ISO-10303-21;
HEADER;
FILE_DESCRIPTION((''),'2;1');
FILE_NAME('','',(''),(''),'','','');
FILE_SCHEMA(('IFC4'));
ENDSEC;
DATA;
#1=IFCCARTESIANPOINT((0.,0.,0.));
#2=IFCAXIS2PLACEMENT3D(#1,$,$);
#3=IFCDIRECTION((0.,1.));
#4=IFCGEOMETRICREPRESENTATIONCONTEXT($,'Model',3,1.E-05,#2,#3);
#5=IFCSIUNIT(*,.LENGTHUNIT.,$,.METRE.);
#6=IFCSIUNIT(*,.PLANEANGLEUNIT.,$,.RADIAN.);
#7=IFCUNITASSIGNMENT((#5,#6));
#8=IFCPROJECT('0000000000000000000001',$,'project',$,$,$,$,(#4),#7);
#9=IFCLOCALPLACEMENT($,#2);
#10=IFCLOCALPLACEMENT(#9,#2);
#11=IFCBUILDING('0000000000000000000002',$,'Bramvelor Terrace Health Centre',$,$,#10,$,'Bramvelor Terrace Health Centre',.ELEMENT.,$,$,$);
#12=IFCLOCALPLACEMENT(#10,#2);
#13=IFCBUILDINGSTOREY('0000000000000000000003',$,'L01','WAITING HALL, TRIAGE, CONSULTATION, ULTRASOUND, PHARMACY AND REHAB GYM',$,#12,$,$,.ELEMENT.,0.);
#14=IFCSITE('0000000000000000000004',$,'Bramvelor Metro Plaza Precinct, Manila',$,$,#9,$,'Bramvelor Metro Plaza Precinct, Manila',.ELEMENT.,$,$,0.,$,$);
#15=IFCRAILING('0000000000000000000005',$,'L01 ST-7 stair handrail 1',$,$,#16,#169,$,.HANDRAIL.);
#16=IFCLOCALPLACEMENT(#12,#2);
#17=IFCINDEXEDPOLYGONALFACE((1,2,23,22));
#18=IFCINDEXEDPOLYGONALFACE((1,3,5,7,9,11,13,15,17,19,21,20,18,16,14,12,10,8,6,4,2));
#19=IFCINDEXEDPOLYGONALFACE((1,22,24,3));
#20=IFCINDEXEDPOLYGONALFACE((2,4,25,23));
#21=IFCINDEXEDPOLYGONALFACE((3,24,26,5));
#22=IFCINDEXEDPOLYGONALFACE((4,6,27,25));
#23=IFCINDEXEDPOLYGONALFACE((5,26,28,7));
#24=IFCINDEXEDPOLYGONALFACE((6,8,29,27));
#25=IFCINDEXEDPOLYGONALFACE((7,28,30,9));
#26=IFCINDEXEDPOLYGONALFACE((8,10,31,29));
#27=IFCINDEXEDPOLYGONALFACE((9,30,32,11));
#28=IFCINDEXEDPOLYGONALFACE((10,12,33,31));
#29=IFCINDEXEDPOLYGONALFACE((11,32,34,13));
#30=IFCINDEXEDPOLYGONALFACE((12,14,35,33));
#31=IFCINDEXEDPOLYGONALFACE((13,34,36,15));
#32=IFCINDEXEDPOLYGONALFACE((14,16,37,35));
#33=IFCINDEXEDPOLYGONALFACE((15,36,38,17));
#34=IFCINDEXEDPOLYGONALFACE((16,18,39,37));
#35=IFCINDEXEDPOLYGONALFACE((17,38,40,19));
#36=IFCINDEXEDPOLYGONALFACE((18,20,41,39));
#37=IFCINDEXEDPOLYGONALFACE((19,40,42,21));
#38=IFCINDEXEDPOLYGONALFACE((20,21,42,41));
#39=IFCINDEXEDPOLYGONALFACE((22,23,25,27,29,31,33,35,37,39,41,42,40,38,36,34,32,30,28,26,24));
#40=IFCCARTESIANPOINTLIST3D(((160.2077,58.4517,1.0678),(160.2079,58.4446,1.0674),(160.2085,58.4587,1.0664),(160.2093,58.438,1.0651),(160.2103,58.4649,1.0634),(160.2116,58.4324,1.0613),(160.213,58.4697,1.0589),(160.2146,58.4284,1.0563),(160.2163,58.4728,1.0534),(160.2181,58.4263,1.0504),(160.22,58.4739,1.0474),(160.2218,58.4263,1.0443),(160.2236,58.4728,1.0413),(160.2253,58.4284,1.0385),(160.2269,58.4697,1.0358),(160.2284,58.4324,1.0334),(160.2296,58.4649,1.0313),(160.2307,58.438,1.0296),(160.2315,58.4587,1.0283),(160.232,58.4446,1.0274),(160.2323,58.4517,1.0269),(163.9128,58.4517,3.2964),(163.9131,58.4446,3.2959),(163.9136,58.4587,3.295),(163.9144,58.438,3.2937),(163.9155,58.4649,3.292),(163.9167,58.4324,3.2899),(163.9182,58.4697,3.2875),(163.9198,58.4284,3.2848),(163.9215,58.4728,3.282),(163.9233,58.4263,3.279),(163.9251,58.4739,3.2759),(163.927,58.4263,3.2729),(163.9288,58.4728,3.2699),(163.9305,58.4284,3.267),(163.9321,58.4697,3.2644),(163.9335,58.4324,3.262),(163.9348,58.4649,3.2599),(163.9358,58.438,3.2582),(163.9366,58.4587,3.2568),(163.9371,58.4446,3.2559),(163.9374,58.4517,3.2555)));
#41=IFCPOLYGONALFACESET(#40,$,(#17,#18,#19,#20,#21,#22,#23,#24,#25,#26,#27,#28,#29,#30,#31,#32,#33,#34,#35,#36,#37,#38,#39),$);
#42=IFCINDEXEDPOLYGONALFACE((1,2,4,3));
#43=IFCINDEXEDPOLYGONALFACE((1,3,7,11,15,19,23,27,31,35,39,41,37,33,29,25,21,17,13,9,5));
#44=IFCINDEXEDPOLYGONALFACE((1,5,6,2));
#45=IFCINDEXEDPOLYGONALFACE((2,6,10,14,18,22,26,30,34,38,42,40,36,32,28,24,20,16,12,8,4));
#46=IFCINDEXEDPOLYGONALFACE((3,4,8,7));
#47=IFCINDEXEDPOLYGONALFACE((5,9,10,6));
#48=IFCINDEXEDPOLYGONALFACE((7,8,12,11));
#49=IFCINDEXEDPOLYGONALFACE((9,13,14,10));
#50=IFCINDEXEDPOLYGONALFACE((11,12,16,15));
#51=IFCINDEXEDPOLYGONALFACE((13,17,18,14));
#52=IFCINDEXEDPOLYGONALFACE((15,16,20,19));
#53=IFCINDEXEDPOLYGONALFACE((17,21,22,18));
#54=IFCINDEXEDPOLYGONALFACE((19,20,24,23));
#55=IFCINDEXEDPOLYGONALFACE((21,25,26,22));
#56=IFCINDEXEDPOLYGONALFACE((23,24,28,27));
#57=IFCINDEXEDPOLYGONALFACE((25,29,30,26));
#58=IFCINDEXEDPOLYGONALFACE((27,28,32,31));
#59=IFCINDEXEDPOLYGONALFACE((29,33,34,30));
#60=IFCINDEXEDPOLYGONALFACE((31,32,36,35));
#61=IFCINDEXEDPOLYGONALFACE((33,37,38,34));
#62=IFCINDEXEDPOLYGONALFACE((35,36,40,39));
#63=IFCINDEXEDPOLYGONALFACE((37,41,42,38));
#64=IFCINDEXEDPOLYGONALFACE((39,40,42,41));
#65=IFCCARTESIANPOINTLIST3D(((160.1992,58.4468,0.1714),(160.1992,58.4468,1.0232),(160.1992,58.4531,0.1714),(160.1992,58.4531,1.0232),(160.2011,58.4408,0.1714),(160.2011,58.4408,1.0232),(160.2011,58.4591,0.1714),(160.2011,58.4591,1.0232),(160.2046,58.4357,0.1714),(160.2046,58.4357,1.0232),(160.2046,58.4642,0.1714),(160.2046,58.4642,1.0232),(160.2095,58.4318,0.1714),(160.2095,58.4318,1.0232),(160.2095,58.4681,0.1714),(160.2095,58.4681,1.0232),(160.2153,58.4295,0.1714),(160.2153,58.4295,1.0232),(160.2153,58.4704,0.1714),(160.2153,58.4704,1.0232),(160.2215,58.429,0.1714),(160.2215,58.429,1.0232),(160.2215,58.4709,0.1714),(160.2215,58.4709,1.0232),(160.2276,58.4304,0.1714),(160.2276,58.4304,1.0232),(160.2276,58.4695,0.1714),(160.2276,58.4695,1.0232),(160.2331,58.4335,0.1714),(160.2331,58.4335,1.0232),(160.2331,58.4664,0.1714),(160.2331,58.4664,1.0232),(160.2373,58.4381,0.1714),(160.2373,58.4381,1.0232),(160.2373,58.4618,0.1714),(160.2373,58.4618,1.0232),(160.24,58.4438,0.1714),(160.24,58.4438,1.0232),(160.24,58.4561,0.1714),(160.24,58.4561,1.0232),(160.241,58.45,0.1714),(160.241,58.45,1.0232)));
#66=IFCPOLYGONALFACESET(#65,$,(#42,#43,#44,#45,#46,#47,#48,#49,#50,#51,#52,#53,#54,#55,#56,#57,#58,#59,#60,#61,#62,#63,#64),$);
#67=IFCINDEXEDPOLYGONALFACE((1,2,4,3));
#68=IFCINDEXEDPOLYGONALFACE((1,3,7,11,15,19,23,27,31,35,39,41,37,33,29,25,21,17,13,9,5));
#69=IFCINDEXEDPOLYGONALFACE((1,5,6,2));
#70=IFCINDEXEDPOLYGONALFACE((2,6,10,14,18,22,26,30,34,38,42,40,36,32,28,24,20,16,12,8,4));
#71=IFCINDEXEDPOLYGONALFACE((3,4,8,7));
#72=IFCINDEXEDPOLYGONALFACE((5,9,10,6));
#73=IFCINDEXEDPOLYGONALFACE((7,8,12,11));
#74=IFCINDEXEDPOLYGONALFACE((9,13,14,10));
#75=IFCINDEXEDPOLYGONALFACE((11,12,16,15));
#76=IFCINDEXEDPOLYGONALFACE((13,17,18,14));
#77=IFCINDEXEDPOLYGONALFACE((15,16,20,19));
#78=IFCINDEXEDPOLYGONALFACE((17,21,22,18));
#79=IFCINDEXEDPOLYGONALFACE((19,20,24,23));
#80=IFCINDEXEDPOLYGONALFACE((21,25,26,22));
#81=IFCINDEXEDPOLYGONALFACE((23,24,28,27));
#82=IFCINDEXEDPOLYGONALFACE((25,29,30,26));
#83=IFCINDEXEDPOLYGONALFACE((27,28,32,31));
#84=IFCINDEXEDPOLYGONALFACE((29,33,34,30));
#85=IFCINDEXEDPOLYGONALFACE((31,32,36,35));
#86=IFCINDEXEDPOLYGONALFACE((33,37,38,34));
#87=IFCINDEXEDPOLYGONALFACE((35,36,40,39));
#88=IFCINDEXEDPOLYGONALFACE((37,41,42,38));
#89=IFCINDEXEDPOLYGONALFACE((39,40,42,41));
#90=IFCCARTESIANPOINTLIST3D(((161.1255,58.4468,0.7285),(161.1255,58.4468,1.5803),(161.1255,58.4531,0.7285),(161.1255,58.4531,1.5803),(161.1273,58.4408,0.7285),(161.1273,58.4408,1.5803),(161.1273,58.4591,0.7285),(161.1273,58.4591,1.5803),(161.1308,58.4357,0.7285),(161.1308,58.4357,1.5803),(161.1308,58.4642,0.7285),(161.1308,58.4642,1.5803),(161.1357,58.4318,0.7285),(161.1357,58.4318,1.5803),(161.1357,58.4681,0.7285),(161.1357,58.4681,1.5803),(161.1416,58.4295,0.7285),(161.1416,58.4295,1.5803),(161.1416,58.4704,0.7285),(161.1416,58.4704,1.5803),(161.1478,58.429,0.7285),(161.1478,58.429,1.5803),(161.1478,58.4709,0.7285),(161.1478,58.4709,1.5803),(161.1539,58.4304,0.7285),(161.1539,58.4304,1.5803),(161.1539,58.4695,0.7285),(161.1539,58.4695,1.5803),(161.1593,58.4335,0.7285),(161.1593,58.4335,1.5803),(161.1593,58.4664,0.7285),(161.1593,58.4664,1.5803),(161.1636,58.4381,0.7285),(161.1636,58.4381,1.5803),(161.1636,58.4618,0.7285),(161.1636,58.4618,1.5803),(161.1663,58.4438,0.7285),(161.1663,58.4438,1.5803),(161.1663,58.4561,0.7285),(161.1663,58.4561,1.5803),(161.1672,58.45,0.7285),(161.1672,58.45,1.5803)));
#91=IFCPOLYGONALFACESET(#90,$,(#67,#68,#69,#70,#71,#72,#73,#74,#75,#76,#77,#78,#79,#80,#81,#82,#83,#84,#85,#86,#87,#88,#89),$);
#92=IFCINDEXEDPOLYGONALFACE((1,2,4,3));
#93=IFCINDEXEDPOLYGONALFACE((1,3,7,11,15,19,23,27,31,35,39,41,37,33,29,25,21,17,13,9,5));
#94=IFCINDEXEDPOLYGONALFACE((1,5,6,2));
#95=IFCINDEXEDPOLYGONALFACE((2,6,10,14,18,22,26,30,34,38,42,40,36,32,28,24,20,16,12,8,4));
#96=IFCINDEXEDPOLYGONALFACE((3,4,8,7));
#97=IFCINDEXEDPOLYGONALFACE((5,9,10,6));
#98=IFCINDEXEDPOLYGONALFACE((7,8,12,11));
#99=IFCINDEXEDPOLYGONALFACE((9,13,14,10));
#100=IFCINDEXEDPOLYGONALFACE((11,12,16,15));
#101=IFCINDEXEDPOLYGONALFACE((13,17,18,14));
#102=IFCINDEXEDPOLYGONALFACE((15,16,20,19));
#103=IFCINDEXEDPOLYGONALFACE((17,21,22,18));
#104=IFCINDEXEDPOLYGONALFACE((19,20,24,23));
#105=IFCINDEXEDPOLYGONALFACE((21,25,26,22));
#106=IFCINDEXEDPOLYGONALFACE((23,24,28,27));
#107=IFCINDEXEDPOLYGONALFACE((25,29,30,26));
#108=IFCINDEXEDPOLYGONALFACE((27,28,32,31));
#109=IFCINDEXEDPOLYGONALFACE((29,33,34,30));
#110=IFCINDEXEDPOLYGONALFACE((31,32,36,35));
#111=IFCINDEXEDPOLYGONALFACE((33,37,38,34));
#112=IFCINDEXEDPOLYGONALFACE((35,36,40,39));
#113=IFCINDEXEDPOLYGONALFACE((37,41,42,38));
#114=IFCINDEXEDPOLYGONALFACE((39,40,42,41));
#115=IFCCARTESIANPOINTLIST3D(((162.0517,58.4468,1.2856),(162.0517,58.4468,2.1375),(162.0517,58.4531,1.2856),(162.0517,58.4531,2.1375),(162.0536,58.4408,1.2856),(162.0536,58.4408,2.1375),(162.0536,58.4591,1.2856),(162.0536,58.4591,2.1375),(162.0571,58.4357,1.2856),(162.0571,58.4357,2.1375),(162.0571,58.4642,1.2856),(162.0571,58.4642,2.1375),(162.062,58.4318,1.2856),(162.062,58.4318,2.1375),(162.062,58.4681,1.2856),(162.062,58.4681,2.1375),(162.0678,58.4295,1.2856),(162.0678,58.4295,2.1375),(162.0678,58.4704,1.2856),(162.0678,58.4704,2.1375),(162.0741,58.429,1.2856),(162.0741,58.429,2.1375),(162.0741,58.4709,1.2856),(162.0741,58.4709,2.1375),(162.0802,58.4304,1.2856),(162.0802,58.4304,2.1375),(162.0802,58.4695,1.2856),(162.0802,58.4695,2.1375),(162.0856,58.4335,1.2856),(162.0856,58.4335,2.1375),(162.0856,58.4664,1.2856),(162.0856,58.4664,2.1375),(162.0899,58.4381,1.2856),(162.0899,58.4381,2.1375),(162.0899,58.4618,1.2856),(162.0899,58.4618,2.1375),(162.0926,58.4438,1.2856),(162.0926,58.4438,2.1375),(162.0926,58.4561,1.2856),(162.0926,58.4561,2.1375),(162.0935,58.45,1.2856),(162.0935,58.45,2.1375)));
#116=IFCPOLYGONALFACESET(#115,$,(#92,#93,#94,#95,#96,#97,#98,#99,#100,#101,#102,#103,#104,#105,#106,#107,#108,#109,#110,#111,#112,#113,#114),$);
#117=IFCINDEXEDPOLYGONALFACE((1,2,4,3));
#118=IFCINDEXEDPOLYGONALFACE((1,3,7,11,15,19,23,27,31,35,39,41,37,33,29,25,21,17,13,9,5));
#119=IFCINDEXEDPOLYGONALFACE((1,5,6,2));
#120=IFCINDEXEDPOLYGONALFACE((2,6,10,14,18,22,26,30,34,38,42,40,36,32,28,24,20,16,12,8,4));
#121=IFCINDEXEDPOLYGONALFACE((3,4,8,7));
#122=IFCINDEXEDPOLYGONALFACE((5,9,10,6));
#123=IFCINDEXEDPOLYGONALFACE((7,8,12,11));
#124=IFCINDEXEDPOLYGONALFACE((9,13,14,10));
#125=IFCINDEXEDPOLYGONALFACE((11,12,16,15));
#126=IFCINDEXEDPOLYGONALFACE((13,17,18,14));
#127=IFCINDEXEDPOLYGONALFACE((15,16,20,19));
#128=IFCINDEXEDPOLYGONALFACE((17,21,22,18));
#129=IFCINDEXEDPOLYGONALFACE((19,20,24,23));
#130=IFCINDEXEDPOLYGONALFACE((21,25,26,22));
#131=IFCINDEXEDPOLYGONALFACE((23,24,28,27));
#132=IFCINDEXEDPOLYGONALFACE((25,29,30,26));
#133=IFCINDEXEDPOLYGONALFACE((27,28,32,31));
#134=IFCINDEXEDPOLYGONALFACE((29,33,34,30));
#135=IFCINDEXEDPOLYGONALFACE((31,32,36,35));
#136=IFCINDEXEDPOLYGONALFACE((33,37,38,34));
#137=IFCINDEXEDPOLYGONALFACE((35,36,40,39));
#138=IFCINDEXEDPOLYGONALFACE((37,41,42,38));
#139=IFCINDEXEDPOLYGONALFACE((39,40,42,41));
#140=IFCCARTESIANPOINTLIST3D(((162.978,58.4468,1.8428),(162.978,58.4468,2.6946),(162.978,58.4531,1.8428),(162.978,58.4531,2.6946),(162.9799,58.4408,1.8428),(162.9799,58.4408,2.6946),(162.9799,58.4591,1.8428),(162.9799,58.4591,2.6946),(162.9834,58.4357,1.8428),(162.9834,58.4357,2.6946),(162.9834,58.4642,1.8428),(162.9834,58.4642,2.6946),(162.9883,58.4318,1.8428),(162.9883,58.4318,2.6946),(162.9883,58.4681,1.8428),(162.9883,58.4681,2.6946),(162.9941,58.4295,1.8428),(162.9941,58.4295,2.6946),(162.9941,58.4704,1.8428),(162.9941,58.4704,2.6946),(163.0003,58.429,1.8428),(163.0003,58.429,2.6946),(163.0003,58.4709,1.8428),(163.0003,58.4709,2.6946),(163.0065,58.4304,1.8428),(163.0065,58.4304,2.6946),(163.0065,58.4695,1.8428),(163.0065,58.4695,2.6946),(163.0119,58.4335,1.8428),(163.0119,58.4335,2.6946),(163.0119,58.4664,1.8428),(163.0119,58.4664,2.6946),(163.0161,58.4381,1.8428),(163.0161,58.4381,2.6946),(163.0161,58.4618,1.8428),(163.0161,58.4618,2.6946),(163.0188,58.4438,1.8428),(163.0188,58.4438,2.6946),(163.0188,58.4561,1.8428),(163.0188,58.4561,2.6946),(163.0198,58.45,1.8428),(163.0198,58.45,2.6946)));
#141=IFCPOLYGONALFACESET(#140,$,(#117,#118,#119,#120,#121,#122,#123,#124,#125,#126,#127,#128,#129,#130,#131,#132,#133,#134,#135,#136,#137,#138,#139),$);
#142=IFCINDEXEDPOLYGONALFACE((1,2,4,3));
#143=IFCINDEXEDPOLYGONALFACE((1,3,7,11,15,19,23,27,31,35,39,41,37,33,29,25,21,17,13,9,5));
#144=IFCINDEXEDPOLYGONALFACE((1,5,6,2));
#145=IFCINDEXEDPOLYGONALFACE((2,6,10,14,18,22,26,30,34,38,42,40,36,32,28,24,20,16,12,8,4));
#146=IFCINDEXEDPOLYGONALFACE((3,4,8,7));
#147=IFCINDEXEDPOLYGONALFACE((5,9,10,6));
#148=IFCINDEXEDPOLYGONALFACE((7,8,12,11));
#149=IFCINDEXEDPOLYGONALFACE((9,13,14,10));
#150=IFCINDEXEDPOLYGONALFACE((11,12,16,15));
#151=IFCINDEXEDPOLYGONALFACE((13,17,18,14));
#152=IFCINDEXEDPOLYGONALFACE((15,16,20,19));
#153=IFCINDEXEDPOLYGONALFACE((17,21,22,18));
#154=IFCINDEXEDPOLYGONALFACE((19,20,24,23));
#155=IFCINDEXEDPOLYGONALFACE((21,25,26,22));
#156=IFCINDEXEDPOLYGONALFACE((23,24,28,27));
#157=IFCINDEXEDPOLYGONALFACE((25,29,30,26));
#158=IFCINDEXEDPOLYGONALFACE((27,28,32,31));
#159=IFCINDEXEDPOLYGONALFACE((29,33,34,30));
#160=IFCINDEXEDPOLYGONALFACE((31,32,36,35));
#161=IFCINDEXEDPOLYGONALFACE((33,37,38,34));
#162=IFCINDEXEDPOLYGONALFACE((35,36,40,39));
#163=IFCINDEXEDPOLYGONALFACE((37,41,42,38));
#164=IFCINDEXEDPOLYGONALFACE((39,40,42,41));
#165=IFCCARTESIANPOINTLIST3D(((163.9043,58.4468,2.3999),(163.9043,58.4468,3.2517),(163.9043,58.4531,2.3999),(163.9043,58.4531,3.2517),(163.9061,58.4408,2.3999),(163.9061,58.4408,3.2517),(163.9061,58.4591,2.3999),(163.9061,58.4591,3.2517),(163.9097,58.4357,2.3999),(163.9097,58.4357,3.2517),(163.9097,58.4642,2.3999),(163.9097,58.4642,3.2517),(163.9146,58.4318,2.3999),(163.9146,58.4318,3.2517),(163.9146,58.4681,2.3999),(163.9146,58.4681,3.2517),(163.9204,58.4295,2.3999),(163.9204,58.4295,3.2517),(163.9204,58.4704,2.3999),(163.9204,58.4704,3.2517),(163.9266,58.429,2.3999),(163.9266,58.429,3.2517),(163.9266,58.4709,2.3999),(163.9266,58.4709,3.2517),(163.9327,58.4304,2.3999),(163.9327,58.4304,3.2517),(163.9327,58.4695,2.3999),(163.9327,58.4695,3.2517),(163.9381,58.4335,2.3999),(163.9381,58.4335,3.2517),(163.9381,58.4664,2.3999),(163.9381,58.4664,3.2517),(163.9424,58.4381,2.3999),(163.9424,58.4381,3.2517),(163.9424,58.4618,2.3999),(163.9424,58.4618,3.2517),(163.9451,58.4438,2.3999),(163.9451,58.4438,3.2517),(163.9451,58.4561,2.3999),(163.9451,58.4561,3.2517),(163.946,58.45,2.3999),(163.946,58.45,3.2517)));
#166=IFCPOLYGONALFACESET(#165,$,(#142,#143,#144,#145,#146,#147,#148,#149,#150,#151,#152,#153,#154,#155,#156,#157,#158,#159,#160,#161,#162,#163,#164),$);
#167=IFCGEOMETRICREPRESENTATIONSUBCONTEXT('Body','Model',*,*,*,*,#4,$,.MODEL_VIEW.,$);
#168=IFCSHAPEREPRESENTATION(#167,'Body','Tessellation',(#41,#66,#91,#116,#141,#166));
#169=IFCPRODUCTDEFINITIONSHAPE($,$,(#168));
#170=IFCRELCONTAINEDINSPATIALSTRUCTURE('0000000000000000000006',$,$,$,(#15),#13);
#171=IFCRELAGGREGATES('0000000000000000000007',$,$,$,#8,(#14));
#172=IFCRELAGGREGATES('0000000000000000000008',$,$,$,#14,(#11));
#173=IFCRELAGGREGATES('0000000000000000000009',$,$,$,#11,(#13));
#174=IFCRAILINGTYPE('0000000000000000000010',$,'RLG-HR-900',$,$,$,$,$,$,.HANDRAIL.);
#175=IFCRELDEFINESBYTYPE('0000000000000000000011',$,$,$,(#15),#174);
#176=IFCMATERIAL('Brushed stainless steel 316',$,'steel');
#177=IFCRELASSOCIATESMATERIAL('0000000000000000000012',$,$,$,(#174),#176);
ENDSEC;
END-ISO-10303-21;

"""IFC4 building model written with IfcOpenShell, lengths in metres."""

from ifc_helpers import new_model, si_unit, direction, frame, origin, origin_2d, place, context, subcontext, project, spatial, circle, extrude, material, type_object, element, save


model = new_model("IFC4")

# Units and contexts
model_context = context("Model", 3, precision=1e-05, world=origin(), true_north=direction((0.0, 1.0)))
body_context = subcontext(model_context, "Body", "Model", "MODEL_VIEW")
ifc_project = project(units=[si_unit("LENGTHUNIT", "METRE"), si_unit("PLANEANGLEUNIT", "RADIAN")], contexts=[model_context])

# Site, building, storey
site_placement = place(None, origin())
site = spatial("IfcSite", under=ifc_project, at=site_placement, Name="Bramvelor Metro Plaza Precinct, Manila", LongName="Bramvelor Metro Plaza Precinct, Manila", CompositionType="ELEMENT", RefElevation=0.0)
building_placement = place(site_placement, origin())
building = spatial("IfcBuilding", under=site, at=building_placement, Name="Bramvelor Terrace Health Centre", LongName="Bramvelor Terrace Health Centre", CompositionType="ELEMENT")
storey_placement = place(building_placement, origin())
storey = spatial("IfcBuildingStorey", under=building, at=storey_placement, Name="L01", Description="WAITING HALL, TRIAGE, CONSULTATION, ULTRASOUND, PHARMACY AND REHAB GYM", CompositionType="ELEMENT", Elevation=0.0)

# Railing
ifc_material_1 = material(Name="Brushed stainless steel 316", Category="steel")
railing_type_1 = type_object("IfcRailingType", Name="RLG-HR-900", PredefinedType="HANDRAIL", material=ifc_material_1)
railing_1_placement = place(storey_placement, frame((160.22, 58.45, 0.1714)))
element("IfcRailing", 1, at=railing_1_placement, inside=storey, type_object=railing_type_1, Name="L01 ST-7 stair handrail 1", PredefinedType="HANDRAIL", context=body_context, shape_type="SweptSolid", body=[
    extrude(circle(Radius=0.0239, at=origin_2d()), frame((0.0, 0.0, 0.876), z_axis=(0.856934, 0.0, 0.515425), x_axis=(0.0, 1.0, 0.0)), (0.0, 0.0, 1.0), 4.3237),
    extrude(circle(Radius=0.021, at=origin_2d()), origin(), (0.0, 0.0, 1.0), 0.8518),
    extrude(circle(Radius=0.021, at=origin_2d()), frame((0.9263, 0.0, 0.5571)), (0.0, 0.0, 1.0), 0.8518),
    extrude(circle(Radius=0.021, at=origin_2d()), frame((1.8525, 0.0, 1.1143)), (0.0, 0.0, 1.0), 0.8518),
    extrude(circle(Radius=0.021, at=origin_2d()), frame((2.7788, 0.0, 1.6714)), (0.0, 0.0, 1.0), 0.8518),
    extrude(circle(Radius=0.021, at=origin_2d()), frame((3.7051, 0.0, 2.2285)), (0.0, 0.0, 1.0), 0.8518),
])

save(model, "model.ifc")
